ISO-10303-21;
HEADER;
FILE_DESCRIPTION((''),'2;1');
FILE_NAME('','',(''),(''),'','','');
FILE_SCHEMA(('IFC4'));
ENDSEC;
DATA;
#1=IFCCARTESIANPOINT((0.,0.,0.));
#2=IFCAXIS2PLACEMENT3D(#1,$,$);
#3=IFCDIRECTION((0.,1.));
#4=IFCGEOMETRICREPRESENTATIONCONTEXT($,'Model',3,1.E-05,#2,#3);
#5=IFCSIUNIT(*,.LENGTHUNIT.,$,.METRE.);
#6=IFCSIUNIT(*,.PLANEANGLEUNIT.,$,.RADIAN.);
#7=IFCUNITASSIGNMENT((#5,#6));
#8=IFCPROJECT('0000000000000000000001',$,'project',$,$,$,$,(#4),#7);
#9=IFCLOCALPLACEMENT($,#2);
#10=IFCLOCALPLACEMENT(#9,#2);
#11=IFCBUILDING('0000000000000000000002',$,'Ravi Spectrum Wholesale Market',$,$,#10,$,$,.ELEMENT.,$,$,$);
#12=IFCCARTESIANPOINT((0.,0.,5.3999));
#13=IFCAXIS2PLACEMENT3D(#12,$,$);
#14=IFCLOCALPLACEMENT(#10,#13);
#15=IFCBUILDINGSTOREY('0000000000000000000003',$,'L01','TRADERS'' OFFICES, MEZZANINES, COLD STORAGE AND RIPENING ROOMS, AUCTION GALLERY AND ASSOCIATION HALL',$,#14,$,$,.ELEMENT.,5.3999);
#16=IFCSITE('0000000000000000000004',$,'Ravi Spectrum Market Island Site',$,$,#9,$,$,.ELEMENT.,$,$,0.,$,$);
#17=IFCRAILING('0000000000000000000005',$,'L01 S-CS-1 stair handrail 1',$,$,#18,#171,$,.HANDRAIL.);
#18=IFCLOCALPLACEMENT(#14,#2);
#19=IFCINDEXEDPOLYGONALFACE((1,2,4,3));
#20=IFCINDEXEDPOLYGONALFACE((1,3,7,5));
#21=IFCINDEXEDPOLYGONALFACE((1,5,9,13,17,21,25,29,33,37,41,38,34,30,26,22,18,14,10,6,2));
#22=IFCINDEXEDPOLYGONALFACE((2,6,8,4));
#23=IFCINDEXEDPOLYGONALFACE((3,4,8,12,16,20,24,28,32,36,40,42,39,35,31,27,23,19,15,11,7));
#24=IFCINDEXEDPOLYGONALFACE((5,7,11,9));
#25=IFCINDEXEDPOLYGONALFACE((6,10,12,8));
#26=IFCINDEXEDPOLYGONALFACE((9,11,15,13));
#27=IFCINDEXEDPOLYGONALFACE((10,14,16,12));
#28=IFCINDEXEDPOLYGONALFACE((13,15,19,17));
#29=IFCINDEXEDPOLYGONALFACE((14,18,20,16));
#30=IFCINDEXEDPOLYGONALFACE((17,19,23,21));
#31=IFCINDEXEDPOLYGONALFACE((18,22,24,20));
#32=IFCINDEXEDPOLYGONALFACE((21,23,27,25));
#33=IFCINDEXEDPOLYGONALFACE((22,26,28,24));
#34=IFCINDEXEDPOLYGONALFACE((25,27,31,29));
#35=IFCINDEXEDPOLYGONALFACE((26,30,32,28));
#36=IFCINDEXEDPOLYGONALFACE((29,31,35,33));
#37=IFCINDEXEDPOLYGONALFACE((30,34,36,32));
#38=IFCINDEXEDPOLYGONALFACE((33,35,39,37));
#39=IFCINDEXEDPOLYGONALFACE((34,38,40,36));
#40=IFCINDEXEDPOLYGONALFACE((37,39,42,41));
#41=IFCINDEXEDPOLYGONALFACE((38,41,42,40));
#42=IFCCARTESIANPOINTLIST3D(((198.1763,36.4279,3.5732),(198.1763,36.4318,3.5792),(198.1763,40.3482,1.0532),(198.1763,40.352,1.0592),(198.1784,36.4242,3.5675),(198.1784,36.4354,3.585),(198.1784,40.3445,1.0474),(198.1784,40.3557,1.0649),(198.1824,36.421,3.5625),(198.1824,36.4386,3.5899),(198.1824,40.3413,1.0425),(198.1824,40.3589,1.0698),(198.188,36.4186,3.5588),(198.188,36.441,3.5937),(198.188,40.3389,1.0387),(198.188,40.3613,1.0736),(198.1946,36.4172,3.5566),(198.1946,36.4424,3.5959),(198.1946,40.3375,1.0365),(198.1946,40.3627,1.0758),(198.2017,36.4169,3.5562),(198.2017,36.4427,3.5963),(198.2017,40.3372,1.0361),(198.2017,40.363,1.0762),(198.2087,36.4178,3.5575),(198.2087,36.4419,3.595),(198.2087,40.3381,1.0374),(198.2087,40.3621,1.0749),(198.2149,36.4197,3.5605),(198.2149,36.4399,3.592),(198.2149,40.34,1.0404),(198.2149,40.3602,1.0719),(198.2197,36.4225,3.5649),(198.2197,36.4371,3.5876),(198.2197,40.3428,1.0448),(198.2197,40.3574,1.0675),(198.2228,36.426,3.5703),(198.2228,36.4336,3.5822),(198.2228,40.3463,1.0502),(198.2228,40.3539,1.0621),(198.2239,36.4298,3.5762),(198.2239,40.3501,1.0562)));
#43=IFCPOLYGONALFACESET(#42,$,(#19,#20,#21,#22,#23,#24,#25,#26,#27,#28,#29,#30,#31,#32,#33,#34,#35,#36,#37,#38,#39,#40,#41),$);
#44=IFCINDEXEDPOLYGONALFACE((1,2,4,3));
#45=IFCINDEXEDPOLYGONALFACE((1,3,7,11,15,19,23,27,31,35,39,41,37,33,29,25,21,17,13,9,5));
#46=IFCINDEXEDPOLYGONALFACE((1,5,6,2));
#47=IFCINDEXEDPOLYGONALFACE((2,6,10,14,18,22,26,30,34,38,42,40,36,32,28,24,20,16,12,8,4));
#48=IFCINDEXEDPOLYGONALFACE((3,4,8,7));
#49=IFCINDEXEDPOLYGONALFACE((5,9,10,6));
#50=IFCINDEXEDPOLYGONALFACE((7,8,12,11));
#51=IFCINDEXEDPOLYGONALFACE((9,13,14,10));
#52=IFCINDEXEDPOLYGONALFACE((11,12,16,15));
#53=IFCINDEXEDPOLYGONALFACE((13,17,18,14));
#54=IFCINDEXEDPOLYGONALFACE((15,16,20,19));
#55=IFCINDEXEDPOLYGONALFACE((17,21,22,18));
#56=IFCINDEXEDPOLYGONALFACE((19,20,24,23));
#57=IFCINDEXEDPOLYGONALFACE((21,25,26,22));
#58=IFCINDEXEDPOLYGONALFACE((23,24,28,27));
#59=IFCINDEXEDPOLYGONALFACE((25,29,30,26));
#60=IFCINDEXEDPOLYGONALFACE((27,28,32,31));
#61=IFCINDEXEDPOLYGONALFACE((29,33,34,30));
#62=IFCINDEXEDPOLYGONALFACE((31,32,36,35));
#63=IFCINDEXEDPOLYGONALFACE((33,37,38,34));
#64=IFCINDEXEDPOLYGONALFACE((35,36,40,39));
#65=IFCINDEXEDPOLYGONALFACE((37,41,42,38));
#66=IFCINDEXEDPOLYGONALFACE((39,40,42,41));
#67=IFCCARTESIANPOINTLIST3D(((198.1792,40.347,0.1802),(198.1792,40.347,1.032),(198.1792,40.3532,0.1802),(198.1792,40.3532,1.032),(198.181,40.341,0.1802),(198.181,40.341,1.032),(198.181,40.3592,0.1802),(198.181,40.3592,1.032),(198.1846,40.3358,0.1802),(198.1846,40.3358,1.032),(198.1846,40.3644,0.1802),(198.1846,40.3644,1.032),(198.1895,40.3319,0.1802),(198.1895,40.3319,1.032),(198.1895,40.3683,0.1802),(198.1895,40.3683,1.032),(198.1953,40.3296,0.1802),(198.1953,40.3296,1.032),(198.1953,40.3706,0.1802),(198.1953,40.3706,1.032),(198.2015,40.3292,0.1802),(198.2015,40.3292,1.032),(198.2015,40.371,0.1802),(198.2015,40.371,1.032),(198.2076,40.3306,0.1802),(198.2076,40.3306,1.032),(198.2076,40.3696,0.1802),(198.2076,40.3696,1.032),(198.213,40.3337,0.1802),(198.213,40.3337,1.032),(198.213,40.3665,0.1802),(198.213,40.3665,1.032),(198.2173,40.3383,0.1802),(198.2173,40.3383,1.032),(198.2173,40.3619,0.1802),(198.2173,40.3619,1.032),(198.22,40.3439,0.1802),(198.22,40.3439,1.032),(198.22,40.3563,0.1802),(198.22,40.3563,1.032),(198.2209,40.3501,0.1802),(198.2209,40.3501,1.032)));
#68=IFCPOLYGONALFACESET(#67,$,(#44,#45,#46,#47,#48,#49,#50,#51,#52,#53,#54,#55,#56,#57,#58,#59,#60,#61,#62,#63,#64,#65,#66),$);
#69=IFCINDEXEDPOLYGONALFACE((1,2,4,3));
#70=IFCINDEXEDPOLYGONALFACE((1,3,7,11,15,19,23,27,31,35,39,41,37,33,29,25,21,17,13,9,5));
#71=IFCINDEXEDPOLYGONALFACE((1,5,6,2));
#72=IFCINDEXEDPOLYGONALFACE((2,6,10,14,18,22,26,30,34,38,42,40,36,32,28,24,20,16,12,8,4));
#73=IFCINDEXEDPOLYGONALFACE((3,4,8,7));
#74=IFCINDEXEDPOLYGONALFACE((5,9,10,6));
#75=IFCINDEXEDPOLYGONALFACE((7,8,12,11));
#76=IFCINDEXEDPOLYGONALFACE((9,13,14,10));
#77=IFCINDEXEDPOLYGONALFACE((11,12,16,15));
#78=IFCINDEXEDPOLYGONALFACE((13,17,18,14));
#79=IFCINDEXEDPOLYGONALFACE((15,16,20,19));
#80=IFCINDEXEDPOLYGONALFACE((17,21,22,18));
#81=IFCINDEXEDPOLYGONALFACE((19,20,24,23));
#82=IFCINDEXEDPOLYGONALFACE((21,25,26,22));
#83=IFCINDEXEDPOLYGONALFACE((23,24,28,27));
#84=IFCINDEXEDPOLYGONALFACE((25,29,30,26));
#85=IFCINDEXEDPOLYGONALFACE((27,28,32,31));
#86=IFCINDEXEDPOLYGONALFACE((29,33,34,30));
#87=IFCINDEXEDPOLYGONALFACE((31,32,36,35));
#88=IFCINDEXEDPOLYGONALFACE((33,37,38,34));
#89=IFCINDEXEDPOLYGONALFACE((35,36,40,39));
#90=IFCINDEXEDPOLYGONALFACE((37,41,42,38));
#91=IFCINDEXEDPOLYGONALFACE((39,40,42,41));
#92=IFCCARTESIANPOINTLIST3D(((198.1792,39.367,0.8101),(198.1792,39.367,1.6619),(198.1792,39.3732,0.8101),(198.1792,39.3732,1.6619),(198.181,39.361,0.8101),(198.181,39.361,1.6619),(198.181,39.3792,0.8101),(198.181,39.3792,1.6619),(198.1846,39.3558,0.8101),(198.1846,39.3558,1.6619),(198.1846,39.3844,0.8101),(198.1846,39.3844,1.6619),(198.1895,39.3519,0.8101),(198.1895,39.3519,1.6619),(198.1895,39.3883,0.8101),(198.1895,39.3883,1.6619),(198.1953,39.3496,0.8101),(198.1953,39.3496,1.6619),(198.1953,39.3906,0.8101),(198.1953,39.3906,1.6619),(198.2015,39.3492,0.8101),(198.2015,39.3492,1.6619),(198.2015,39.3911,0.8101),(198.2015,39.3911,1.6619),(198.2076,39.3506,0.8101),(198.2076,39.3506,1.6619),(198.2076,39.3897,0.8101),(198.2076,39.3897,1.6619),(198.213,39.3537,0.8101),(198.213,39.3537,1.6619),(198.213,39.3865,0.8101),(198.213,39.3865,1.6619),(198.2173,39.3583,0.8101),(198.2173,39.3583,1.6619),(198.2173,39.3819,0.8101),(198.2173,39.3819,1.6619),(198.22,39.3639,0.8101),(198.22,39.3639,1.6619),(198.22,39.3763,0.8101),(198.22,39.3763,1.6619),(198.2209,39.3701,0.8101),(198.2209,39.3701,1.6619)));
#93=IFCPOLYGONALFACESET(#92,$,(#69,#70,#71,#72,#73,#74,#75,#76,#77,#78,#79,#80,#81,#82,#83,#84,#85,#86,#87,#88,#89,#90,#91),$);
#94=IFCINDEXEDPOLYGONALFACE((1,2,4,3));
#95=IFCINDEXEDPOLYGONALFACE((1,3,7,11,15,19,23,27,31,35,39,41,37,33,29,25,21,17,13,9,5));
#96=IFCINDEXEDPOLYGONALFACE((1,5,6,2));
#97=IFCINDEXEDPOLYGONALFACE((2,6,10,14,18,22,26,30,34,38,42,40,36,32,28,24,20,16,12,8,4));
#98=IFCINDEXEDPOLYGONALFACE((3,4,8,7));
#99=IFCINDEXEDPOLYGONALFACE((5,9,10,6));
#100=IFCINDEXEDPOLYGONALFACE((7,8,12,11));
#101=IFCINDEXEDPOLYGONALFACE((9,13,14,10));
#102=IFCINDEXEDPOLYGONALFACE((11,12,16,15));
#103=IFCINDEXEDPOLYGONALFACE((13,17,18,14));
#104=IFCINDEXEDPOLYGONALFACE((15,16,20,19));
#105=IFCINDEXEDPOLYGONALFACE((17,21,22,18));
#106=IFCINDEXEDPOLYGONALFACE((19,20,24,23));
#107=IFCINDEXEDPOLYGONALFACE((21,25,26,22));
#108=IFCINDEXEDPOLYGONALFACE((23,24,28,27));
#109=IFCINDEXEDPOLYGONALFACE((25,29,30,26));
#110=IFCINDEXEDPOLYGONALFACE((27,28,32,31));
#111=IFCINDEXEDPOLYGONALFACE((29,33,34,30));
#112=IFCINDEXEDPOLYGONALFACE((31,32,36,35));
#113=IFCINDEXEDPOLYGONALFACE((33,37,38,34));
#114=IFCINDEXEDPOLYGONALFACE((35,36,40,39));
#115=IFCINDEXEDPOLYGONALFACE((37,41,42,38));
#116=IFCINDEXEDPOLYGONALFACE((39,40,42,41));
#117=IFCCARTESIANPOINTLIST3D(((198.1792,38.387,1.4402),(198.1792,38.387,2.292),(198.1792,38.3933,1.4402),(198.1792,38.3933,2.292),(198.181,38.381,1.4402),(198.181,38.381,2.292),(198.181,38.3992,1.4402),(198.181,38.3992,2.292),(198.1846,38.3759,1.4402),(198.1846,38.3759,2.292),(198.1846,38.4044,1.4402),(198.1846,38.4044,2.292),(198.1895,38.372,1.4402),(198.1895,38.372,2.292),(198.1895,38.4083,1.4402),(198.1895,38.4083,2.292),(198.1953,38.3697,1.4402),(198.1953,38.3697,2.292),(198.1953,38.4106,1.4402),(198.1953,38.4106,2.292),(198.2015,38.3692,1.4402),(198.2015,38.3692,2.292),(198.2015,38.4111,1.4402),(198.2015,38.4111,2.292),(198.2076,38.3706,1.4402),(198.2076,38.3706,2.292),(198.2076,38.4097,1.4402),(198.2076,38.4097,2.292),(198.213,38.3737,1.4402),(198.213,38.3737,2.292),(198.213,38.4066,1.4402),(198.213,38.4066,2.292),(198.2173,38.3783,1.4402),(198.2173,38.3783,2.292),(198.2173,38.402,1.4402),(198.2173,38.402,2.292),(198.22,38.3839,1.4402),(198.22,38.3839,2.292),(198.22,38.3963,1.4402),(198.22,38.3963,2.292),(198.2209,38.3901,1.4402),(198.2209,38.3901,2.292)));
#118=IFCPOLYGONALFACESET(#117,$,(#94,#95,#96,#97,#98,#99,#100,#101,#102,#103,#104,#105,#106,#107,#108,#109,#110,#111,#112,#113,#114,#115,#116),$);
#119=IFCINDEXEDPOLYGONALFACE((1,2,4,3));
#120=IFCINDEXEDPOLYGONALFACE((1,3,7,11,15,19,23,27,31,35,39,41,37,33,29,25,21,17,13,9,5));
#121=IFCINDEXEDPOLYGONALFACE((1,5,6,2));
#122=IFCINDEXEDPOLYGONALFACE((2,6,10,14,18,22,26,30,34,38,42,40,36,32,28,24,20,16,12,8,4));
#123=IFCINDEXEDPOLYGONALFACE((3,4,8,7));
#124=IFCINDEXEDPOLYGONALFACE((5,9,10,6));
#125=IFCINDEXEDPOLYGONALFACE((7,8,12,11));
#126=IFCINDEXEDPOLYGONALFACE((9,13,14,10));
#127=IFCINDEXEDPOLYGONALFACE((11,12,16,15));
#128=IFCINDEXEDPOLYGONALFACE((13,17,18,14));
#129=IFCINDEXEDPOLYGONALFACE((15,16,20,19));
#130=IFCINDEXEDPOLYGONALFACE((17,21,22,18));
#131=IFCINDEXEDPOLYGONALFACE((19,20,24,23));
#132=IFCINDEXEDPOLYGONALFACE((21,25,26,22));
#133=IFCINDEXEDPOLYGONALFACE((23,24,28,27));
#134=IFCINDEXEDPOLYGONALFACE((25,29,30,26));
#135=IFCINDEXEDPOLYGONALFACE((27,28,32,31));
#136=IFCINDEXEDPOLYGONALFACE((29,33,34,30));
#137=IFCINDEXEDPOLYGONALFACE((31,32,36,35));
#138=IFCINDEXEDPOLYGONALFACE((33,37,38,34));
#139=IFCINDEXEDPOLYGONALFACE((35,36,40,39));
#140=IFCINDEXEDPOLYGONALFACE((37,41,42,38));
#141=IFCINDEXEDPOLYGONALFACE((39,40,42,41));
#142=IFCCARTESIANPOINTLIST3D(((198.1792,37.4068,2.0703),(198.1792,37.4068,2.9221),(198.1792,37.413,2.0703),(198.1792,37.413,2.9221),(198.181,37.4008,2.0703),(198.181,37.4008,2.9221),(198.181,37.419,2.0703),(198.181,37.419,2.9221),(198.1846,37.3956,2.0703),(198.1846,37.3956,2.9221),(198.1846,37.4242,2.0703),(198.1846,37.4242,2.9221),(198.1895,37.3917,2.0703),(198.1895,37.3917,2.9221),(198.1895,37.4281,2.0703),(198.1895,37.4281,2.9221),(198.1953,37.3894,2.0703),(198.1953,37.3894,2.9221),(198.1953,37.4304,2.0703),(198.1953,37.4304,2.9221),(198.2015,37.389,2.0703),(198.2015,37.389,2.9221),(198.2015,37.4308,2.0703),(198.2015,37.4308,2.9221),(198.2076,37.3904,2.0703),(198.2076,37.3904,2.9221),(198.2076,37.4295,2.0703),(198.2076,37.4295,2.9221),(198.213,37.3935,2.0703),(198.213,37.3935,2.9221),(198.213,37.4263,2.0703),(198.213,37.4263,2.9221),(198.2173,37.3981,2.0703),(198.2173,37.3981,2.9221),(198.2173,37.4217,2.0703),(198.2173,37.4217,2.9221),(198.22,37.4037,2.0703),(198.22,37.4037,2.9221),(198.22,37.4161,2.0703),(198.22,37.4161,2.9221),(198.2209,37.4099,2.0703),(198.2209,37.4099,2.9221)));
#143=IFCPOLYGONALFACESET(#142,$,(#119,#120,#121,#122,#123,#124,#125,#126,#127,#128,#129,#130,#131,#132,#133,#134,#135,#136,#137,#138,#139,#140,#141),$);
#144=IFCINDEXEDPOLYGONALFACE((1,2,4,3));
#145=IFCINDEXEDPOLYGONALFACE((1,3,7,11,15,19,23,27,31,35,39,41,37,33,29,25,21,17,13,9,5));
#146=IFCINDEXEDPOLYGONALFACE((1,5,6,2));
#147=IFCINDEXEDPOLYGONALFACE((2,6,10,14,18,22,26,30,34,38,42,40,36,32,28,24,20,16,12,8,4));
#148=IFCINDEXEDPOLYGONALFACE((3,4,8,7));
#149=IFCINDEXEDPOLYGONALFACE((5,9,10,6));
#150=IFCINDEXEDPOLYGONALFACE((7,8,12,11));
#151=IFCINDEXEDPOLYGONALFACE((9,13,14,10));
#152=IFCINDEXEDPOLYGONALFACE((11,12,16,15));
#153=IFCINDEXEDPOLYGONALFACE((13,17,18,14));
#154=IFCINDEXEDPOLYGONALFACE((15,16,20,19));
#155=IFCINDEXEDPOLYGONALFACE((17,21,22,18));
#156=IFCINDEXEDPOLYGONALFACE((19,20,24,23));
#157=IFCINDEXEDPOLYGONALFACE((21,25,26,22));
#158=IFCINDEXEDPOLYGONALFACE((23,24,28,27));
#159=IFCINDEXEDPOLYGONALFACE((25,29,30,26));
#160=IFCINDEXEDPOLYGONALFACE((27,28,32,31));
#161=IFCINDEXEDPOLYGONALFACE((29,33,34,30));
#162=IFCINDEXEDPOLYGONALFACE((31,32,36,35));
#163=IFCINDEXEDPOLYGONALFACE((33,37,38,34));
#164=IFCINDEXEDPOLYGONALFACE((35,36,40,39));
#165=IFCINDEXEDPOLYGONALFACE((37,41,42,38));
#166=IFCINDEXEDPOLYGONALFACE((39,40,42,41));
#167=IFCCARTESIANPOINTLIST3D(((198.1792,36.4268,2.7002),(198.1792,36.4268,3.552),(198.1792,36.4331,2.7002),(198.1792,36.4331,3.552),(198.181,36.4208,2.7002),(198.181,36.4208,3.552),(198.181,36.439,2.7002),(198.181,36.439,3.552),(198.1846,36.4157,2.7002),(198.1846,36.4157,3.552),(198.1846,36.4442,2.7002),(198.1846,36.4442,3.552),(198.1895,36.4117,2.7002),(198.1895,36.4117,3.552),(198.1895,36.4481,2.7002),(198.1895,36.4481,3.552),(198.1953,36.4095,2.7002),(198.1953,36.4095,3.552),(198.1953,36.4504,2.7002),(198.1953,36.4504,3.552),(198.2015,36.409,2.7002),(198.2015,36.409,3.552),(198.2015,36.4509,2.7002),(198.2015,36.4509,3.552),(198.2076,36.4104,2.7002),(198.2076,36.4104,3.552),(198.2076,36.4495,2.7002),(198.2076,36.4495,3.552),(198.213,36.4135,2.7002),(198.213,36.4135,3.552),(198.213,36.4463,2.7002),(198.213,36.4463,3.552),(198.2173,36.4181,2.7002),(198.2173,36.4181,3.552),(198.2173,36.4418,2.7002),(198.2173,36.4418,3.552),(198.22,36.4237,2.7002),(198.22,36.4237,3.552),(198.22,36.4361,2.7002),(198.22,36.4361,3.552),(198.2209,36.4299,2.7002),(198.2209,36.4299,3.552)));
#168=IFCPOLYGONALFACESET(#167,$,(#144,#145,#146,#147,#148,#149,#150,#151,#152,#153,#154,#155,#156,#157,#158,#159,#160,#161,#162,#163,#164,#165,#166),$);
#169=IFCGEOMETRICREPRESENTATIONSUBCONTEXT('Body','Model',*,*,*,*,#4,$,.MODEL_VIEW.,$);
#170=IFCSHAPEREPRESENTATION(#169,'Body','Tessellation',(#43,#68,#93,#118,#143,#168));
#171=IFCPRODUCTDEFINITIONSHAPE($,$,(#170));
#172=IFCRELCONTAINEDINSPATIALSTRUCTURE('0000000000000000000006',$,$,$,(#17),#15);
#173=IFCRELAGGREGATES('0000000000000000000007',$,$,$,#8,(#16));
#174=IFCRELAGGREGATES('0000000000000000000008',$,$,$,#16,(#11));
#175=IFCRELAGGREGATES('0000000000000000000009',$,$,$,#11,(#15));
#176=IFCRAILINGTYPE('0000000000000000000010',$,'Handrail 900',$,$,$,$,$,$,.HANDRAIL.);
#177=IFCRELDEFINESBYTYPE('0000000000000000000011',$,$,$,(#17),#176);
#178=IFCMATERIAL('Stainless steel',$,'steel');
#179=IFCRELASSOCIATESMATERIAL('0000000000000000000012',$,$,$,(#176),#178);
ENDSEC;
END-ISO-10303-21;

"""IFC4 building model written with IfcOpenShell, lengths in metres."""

from ifc_helpers import new_model, si_unit, direction, frame, origin, origin_2d, place, context, subcontext, project, spatial, circle, extrude, material, type_object, element, save


model = new_model("IFC4")

# Units and contexts
model_context = context("Model", 3, precision=1e-05, world=origin(), true_north=direction((0.0, 1.0)))
body_context = subcontext(model_context, "Body", "Model", "MODEL_VIEW")
ifc_project = project(units=[si_unit("LENGTHUNIT", "METRE"), si_unit("PLANEANGLEUNIT", "RADIAN")], contexts=[model_context])

# Site, building, storey
site_placement = place(None, origin())
site = spatial("IfcSite", under=ifc_project, at=site_placement, Name="Ravi Spectrum Market Island Site", CompositionType="ELEMENT", RefElevation=0.0)
building_placement = place(site_placement, origin())
building = spatial("IfcBuilding", under=site, at=building_placement, Name="Ravi Spectrum Wholesale Market", CompositionType="ELEMENT")
storey_placement = place(building_placement, frame((0.0, 0.0, 5.3999)))
storey = spatial("IfcBuildingStorey", under=building, at=storey_placement, Name="L01", Description="TRADERS' OFFICES, MEZZANINES, COLD STORAGE AND RIPENING ROOMS, AUCTION GALLERY AND ASSOCIATION HALL", CompositionType="ELEMENT", Elevation=5.3999)

# Railing
ifc_material_1 = material(Name="Stainless steel", Category="steel")
railing_type_1 = type_object("IfcRailingType", Name="Handrail 900", PredefinedType="HANDRAIL", material=ifc_material_1)
railing_1_placement = place(storey_placement, frame((198.2, 40.3501, 0.1802)))
element("IfcRailing", 1, at=railing_1_placement, inside=storey, type_object=railing_type_1, Name="L01 S-CS-1 stair handrail 1", PredefinedType="HANDRAIL", context=body_context, shape_type="SweptSolid", body=[
    extrude(circle(Radius=0.0239, at=origin_2d()), frame((0.0, 0.0, 0.876), z_axis=(0.0, -0.841187, 0.540744), x_axis=(1.0, 0.0, 0.0)), (0.0, 0.0, 1.0), 4.6604),
    extrude(circle(Radius=0.021, at=origin_2d()), origin(), (0.0, 0.0, 1.0), 0.8518),
    extrude(circle(Radius=0.021, at=origin_2d()), frame((0.0, -0.98, 0.6299)), (0.0, 0.0, 1.0), 0.8518),
    extrude(circle(Radius=0.021, at=origin_2d()), frame((0.0, -1.96, 1.26)), (0.0, 0.0, 1.0), 0.8518),
    extrude(circle(Radius=0.021, at=origin_2d()), frame((0.0, -2.9402, 1.8901)), (0.0, 0.0, 1.0), 0.8518),
    extrude(circle(Radius=0.021, at=origin_2d()), frame((0.0, -3.9202, 2.52)), (0.0, 0.0, 1.0), 0.8518),
])

save(model, "model.ifc")
